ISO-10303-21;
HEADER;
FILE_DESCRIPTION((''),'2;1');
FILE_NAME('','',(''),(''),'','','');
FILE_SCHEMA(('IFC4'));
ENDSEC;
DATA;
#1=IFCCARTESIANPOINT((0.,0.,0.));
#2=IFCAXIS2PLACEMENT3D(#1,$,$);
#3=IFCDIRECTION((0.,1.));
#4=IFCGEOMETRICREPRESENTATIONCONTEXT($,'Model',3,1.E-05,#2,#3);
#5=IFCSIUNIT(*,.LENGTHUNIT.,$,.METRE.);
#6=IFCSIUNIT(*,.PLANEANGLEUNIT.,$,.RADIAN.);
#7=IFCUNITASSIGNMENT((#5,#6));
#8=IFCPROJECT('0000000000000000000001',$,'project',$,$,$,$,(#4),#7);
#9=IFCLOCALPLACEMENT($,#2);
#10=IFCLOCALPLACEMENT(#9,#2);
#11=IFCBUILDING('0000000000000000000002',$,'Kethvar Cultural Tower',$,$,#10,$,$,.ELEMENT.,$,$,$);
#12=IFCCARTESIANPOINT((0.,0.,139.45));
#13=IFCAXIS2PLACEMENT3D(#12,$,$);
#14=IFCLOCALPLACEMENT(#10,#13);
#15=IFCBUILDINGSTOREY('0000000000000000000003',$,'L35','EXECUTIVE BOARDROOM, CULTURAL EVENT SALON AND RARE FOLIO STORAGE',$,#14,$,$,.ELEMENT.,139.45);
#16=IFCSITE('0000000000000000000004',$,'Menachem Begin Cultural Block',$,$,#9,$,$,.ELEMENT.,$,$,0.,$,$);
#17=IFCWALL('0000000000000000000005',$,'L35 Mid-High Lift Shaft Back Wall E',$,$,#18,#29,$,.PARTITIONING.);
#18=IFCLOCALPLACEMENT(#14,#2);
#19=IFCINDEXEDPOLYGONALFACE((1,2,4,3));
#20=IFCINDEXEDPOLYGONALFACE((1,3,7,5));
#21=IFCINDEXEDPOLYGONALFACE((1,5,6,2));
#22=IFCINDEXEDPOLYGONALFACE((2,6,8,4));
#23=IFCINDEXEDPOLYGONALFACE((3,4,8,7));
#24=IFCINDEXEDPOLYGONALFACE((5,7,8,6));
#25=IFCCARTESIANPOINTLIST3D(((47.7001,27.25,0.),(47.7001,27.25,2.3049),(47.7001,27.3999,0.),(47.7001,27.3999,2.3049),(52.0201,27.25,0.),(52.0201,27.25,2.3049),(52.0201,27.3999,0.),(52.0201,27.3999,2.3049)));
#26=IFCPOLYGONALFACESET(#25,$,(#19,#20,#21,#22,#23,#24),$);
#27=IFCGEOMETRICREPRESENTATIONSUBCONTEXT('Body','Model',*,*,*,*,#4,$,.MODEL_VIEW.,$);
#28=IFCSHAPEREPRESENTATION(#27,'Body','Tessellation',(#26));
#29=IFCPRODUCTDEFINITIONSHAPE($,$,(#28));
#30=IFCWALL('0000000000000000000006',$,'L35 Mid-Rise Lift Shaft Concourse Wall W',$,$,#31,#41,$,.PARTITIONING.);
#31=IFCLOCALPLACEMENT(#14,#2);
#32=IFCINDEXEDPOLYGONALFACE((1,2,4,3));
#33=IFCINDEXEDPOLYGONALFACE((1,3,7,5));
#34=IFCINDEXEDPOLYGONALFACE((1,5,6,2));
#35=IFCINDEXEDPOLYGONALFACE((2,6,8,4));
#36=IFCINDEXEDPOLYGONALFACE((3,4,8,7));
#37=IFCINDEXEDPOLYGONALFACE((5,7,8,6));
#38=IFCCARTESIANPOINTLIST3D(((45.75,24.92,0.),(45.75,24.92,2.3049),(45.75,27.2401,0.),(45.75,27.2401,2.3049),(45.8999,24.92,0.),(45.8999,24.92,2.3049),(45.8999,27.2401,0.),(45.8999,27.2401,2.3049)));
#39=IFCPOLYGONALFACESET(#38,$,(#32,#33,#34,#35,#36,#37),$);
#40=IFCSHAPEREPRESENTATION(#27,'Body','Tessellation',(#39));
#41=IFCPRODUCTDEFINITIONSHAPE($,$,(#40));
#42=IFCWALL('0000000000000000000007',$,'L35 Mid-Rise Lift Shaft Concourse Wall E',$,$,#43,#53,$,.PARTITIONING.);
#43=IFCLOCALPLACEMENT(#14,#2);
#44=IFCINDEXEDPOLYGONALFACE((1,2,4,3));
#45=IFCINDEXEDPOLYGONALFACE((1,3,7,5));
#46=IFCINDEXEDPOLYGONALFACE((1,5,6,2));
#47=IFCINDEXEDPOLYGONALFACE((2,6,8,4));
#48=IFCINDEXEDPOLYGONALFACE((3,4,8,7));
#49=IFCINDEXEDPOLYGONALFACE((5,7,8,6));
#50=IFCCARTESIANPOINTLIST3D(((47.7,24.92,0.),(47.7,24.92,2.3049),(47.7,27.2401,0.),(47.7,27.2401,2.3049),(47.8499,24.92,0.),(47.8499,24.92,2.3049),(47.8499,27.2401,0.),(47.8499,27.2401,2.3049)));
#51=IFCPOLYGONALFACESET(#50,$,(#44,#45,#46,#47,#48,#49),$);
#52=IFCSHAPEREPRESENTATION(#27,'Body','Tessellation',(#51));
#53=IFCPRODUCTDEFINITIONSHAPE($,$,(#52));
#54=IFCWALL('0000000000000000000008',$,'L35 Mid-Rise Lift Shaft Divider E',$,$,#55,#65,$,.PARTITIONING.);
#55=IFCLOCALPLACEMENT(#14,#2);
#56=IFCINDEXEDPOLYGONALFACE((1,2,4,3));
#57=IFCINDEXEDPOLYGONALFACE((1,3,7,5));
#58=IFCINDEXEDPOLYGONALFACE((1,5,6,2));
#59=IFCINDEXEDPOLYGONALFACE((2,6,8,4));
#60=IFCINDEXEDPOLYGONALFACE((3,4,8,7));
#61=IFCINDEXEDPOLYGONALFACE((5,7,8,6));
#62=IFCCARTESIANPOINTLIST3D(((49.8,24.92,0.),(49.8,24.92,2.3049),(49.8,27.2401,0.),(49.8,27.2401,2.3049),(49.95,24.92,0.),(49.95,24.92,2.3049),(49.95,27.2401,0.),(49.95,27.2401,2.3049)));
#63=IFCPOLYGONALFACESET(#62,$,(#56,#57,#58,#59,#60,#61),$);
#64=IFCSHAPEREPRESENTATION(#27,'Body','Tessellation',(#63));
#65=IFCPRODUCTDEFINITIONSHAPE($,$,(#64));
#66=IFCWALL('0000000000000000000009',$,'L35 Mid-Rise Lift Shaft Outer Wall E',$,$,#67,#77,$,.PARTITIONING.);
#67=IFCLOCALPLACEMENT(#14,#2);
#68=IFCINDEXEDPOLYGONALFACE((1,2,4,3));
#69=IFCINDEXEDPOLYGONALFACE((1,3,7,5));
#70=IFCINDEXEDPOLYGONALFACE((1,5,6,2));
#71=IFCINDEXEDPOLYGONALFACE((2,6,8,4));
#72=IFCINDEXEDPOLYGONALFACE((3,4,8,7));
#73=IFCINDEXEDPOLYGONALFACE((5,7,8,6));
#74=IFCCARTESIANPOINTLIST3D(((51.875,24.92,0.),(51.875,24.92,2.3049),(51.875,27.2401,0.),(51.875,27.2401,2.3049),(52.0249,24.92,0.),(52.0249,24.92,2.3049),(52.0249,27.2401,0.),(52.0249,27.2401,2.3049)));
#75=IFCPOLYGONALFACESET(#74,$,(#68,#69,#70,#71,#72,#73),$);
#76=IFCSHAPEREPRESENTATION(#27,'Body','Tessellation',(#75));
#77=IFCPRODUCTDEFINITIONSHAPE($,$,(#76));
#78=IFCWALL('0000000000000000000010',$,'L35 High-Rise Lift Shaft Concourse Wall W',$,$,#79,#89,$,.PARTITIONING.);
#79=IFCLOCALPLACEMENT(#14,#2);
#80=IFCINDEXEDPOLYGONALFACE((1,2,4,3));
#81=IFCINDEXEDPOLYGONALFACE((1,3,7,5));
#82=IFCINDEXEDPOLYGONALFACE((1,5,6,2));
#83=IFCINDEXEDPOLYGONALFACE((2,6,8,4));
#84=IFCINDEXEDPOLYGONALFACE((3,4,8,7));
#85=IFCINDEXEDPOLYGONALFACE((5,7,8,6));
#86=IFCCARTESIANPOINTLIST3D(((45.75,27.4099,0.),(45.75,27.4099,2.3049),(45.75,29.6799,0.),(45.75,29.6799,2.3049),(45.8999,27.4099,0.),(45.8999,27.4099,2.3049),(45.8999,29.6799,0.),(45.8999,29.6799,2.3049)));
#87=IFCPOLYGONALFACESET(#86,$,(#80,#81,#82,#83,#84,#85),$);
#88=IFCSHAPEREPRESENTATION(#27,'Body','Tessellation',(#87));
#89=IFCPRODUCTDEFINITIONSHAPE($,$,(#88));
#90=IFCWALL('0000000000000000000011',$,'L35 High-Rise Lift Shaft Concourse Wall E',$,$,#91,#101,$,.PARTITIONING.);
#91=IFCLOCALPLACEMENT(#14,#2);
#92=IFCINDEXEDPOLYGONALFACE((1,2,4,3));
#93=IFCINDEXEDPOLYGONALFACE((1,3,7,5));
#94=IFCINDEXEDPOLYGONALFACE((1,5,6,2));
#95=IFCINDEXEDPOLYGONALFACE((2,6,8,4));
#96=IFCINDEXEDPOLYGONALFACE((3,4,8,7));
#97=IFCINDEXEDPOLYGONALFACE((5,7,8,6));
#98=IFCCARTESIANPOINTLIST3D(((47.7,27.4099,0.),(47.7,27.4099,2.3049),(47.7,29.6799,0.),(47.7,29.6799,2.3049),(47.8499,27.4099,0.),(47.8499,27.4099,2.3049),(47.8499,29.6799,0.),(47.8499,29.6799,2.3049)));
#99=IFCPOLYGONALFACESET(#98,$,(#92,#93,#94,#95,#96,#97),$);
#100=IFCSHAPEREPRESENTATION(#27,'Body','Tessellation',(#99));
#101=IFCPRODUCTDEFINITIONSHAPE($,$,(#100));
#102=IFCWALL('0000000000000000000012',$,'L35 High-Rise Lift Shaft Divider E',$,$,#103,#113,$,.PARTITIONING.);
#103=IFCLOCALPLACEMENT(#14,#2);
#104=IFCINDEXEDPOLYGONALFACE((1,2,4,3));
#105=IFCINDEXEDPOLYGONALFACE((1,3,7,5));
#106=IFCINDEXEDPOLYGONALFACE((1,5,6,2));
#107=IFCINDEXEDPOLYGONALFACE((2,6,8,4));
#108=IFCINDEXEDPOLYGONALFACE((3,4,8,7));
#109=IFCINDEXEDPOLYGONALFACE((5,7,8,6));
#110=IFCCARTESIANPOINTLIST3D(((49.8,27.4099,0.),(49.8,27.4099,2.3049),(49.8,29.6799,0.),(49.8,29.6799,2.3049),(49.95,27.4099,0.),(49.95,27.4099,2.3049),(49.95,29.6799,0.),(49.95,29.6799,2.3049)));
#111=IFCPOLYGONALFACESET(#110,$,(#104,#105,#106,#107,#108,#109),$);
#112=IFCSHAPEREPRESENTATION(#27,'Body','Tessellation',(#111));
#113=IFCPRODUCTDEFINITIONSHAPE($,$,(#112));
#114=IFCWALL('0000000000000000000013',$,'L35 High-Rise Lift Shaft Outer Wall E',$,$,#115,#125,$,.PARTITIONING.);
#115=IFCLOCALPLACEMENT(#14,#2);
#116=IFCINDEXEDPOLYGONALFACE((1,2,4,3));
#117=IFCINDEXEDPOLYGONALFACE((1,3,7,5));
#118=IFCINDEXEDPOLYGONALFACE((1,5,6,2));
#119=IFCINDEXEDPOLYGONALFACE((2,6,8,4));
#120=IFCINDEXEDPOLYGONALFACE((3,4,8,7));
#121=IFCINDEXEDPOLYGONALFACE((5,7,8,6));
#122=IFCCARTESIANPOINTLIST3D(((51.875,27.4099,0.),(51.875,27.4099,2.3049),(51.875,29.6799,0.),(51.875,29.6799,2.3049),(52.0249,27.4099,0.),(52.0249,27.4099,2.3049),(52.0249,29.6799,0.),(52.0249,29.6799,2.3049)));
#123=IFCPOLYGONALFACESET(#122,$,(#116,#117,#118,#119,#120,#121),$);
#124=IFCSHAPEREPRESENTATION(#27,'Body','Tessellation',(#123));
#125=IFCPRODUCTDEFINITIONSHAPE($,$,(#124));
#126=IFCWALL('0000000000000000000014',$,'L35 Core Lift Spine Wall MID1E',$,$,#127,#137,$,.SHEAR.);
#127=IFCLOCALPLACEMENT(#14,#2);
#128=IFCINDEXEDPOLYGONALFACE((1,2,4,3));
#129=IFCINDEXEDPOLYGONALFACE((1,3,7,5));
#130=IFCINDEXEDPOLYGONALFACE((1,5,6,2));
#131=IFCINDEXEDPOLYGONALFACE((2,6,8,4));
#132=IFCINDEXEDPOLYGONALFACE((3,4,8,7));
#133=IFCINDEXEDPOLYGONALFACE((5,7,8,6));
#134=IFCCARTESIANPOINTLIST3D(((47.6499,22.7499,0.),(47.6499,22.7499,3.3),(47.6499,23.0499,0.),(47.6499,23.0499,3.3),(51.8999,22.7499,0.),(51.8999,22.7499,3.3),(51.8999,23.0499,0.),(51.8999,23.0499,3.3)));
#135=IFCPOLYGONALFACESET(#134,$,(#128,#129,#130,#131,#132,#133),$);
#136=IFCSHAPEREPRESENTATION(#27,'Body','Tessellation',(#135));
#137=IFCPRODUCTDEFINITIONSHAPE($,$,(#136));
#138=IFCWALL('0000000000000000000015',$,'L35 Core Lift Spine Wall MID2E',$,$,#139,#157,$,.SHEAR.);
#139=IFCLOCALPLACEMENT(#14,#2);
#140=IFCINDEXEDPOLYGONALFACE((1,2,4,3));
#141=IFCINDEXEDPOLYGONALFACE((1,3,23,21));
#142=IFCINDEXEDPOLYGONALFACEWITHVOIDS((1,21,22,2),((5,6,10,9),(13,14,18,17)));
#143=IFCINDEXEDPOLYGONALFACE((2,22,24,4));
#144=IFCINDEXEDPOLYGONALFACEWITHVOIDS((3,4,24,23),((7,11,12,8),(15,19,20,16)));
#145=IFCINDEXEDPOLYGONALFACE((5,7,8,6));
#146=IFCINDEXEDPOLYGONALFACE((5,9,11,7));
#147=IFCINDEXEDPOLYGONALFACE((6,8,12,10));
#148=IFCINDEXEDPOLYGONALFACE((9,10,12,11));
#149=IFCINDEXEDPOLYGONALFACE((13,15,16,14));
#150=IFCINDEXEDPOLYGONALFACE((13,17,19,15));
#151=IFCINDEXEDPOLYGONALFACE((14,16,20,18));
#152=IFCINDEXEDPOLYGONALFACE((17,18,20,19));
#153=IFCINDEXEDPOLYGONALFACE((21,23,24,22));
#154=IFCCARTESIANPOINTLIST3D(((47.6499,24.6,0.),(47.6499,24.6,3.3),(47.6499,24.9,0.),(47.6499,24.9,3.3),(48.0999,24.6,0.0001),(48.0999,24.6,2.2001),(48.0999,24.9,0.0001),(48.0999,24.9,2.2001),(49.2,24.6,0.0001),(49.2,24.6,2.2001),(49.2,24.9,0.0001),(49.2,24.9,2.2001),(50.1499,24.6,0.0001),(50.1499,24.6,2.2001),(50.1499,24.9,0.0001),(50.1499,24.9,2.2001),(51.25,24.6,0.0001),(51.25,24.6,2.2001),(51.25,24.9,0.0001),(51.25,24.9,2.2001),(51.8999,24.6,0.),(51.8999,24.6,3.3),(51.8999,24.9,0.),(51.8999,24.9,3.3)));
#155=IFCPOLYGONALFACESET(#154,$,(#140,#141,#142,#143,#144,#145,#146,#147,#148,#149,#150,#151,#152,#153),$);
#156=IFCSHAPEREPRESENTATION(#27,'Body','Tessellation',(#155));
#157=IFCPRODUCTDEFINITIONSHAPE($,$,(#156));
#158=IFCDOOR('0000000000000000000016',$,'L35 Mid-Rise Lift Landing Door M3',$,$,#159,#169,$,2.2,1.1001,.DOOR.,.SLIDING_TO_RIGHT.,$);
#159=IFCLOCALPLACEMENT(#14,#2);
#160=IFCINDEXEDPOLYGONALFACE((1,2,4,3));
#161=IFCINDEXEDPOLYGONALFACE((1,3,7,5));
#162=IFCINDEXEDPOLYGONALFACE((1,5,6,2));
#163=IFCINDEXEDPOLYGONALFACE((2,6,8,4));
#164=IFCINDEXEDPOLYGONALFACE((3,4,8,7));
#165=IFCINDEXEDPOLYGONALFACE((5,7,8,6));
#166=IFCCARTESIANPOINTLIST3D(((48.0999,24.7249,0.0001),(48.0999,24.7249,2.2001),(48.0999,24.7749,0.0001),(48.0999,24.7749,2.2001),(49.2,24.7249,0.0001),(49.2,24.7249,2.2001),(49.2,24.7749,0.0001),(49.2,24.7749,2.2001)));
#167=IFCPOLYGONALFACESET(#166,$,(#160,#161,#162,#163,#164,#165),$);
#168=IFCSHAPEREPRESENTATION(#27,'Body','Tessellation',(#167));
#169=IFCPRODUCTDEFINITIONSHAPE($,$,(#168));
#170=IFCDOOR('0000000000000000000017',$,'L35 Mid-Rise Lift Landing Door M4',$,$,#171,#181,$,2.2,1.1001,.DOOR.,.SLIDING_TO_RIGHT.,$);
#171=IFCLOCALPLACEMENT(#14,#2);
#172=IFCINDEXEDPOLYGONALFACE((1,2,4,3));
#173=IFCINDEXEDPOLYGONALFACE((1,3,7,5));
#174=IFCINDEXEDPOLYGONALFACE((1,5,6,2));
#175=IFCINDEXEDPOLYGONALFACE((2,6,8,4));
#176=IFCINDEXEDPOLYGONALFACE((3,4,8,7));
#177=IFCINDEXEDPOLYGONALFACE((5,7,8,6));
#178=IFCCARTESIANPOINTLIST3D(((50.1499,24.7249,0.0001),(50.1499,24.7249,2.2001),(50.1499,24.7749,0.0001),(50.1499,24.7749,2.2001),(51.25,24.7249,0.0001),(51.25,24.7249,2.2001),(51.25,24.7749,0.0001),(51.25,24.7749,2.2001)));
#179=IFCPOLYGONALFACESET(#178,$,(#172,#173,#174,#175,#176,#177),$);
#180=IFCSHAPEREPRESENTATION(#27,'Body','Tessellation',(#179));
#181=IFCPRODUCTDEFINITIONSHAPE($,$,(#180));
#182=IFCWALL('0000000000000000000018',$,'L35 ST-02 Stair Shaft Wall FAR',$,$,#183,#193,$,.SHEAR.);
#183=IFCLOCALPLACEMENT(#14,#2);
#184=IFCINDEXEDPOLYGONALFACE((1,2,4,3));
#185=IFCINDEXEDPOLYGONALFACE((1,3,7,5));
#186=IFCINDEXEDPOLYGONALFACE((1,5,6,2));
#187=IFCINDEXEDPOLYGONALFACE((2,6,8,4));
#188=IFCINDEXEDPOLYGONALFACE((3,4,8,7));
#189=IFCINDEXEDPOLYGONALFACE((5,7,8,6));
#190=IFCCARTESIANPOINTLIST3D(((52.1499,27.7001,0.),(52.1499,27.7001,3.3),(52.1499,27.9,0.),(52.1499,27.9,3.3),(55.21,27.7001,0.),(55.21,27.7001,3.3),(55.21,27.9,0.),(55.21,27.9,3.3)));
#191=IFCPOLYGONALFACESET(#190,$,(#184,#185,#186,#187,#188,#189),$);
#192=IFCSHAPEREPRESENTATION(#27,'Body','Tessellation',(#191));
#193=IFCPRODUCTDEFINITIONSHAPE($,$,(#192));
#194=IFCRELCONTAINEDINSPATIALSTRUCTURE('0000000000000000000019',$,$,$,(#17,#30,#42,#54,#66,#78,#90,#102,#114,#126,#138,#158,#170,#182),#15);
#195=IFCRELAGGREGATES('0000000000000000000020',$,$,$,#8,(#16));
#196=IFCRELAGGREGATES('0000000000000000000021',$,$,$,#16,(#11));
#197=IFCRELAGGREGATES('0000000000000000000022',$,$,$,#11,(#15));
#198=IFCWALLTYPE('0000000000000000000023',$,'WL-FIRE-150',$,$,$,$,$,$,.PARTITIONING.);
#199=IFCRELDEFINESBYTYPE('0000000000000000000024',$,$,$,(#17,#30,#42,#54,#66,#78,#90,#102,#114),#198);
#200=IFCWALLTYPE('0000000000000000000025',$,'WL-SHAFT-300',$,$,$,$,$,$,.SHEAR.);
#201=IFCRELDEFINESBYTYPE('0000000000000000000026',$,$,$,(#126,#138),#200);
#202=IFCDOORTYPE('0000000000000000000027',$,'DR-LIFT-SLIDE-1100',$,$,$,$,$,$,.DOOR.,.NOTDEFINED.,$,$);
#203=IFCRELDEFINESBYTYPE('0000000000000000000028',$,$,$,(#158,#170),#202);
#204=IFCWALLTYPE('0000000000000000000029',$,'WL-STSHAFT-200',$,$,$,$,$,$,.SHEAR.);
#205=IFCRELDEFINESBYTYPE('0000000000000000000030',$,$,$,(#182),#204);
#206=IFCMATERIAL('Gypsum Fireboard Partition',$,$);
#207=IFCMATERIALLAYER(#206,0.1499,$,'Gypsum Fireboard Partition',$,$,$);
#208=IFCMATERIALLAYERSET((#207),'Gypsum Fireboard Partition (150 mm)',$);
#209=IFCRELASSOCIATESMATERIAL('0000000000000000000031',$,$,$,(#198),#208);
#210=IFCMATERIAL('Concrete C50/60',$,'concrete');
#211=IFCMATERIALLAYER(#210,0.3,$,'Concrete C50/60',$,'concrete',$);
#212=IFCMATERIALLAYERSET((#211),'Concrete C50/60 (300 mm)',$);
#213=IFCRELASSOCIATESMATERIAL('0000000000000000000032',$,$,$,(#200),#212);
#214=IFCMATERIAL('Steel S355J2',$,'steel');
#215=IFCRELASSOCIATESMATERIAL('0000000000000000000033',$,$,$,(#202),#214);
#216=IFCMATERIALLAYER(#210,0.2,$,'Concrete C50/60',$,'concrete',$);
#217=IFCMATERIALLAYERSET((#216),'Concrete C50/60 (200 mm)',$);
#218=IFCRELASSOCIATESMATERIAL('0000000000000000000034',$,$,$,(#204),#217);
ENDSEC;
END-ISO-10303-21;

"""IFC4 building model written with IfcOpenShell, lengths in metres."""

from ifc_helpers import new_model, si_unit, direction, frame, frame_2d, origin, place, context, subcontext, project, spatial, rectangle, extrude, source, transform, mapped, material, layer, layer_set, type_object, element, fill, save


model = new_model("IFC4")

# Units and contexts
model_context = context("Model", 3, precision=1e-05, world=origin(), true_north=direction((0.0, 1.0)))
body_context = subcontext(model_context, "Body", "Model", "MODEL_VIEW")
ifc_project = project(units=[si_unit("LENGTHUNIT", "METRE"), si_unit("PLANEANGLEUNIT", "RADIAN")], contexts=[model_context])

# Site, building, storey
site_placement = place(None, origin())
site = spatial("IfcSite", under=ifc_project, at=site_placement, Name="Menachem Begin Cultural Block", CompositionType="ELEMENT", RefElevation=0.0)
building_placement = place(site_placement, origin())
building = spatial("IfcBuilding", under=site, at=building_placement, Name="Kethvar Cultural Tower", CompositionType="ELEMENT")
storey_placement = place(building_placement, frame((0.0, 0.0, 139.45)))
storey = spatial("IfcBuildingStorey", under=building, at=storey_placement, Name="L35", Description="EXECUTIVE BOARDROOM, CULTURAL EVENT SALON AND RARE FOLIO STORAGE", CompositionType="ELEMENT", Elevation=139.45)

# Shared definitions
ifc_material_1 = material(Name="Steel S355J2", Category="steel")

# Walls
ifc_material_2 = material(Name="Gypsum Fireboard Partition")
ifc_layer_1 = layer(ifc_material_2, 0.1499, Name="Gypsum Fireboard Partition")
ifc_layer_set_1 = layer_set([ifc_layer_1], Name="Gypsum Fireboard Partition (150 mm)")
wall_type_1 = type_object("IfcWallType", Name="WL-FIRE-150", PredefinedType="PARTITIONING", material=ifc_layer_set_1)
wall_1_placement = place(storey_placement, frame((47.7, 27.325, 0.0), z_axis=(0.0, 0.0, 1.0), x_axis=(1.0, 0.0, 0.0)))
element("IfcWall", 1, at=wall_1_placement, inside=storey, type_object=wall_type_1, Name="L35 Mid-High Lift Shaft Back Wall E", PredefinedType="PARTITIONING", context=body_context, shape_type="SweptSolid", body=[
    extrude(rectangle(XDim=4.3201, YDim=0.1499, at=frame_2d((2.1602, 0.0))), origin(), (0.0, 0.0, 1.0), 2.3049),
])
for number, where, z_axis, x_axis, name in (
    (2, (45.825, 24.9199, 0.0), (0.0, 0.0, 1.0), (0.0, 1.0, 0.0), "L35 Mid-Rise Lift Shaft Concourse Wall W"),
    (3, (47.7749, 24.9199, 0.0), (0.0, 0.0, 1.0), (0.0, 1.0, 0.0), "L35 Mid-Rise Lift Shaft Concourse Wall E"),
    (4, (49.875, 24.9199, 0.0), (0.0, 0.0, 1.0), (0.0, 1.0, 0.0), "L35 Mid-Rise Lift Shaft Divider E"),
    (5, (51.95, 24.9199, 0.0), (0.0, 0.0, 1.0), (0.0, 1.0, 0.0), "L35 Mid-Rise Lift Shaft Outer Wall E"),
):
    element("IfcWall", number, at=place(storey_placement, frame(where, z_axis=z_axis, x_axis=x_axis)), inside=storey, type_object=wall_type_1, Name=name, PredefinedType="PARTITIONING", context=body_context, shape_type="SweptSolid", body=[
        extrude(rectangle(XDim=2.3201, YDim=0.1499, at=frame_2d((1.1602, 0.0))), origin(), (0.0, 0.0, 1.0), 2.3049),
    ])
for number, where, z_axis, x_axis, name in (
    (6, (45.825, 27.4099, 0.0), (0.0, 0.0, 1.0), (0.0, 1.0, 0.0), "L35 High-Rise Lift Shaft Concourse Wall W"),
    (7, (47.7749, 27.4099, 0.0), (0.0, 0.0, 1.0), (0.0, 1.0, 0.0), "L35 High-Rise Lift Shaft Concourse Wall E"),
    (8, (49.875, 27.4099, 0.0), (0.0, 0.0, 1.0), (0.0, 1.0, 0.0), "L35 High-Rise Lift Shaft Divider E"),
    (9, (51.95, 27.4099, 0.0), (0.0, 0.0, 1.0), (0.0, 1.0, 0.0), "L35 High-Rise Lift Shaft Outer Wall E"),
):
    element("IfcWall", number, at=place(storey_placement, frame(where, z_axis=z_axis, x_axis=x_axis)), inside=storey, type_object=wall_type_1, Name=name, PredefinedType="PARTITIONING", context=body_context, shape_type="SweptSolid", body=[
        extrude(rectangle(XDim=2.27, YDim=0.1499, at=frame_2d((1.135, 0.0))), origin(), (0.0, 0.0, 1.0), 2.3049),
    ])
ifc_material_3 = material(Name="Concrete C50/60", Category="concrete")
ifc_layer_2 = layer(ifc_material_3, 0.3, Name="Concrete C50/60", Category="concrete")
ifc_layer_set_2 = layer_set([ifc_layer_2], Name="Concrete C50/60 (300 mm)")
wall_type_2 = type_object("IfcWallType", Name="WL-SHAFT-300", PredefinedType="SHEAR", material=ifc_layer_set_2)
wall_2_placement = place(storey_placement, frame((47.6499, 22.8999, 0.0), z_axis=(0.0, 0.0, 1.0), x_axis=(1.0, 0.0, 0.0)))
element("IfcWall", 10, at=wall_2_placement, inside=storey, type_object=wall_type_2, Name="L35 Core Lift Spine Wall MID1E", PredefinedType="SHEAR", context=body_context, shape_type="SweptSolid", body=[
    extrude(rectangle(XDim=4.25, YDim=0.3, at=frame_2d((2.125, 0.0))), origin(), (0.0, 0.0, 1.0), 3.3),
])

# Wall, openings, doors
wall_3_placement = place(storey_placement, frame((47.6499, 24.75, 0.0), z_axis=(0.0, 0.0, 1.0), x_axis=(1.0, 0.0, 0.0)))
wall_3 = element("IfcWall", 11, at=wall_3_placement, inside=storey, type_object=wall_type_2, Name="L35 Core Lift Spine Wall MID2E", PredefinedType="SHEAR", context=body_context, shape_type="SweptSolid", body=[
    extrude(rectangle(XDim=4.25, YDim=0.3, at=frame_2d((2.125, 0.0))), origin(), (0.0, 0.0, 1.0), 3.3),
])
opening_1_placement = place(wall_3_placement, frame((0.45, 0.0, 0.0)))
opening_1 = element("IfcOpeningElement", 12, at=opening_1_placement, cuts=wall_3, PredefinedType="OPENING", context=body_context, shape_type="SweptSolid", body=[
    extrude(rectangle(XDim=1.1001, YDim=2.2, at=frame_2d((0.55, 1.1001))), frame((0.0, 0.1599, 0.0), z_axis=(0.0, -1.0, 0.0), x_axis=(1.0, 0.0, 0.0)), (0.0, 0.0, 1.0), 0.3201),
])
opening_2_placement = place(wall_3_placement, frame((2.5, 0.0, 0.0)))
opening_2 = element("IfcOpeningElement", 13, at=opening_2_placement, cuts=wall_3, PredefinedType="OPENING", context=body_context, shape_type="SweptSolid", body=[
    extrude(rectangle(XDim=1.1001, YDim=2.2, at=frame_2d((0.55, 1.1001))), frame((0.0, 0.1599, 0.0), z_axis=(0.0, -1.0, 0.0), x_axis=(1.0, 0.0, 0.0)), (0.0, 0.0, 1.0), 0.3201),
])
door_type = type_object("IfcDoorType", Name="DR-LIFT-SLIDE-1100", OperationType="NOTDEFINED", PredefinedType="DOOR", material=ifc_material_1)
shared_shape_1 = source(origin(), body_context, "Body", "SweptSolid", [
    extrude(rectangle(XDim=1.1001, YDim=2.2, at=frame_2d((0.55, 1.1001))), frame((0.0, 0.0249, 0.0), z_axis=(0.0, -1.0, 0.0), x_axis=(1.0, 0.0, 0.0)), (0.0, 0.0, 1.0), 0.05),
])
door_1_placement = place(opening_1_placement, origin())
door_1 = element("IfcDoor", 14, at=door_1_placement, inside=storey, type_object=door_type, Name="L35 Mid-Rise Lift Landing Door M3", OperationType="SLIDING_TO_RIGHT", OverallHeight=2.2, OverallWidth=1.1001, PredefinedType="DOOR", context=body_context, shape_type="MappedRepresentation", body=[
    mapped(shared_shape_1, transform((0.0, 0.0, 0.0), scale=1.0)),
])
fill(opening_1, door_1)
door_2_placement = place(opening_2_placement, origin())
door_2 = element("IfcDoor", 15, at=door_2_placement, inside=storey, type_object=door_type, Name="L35 Mid-Rise Lift Landing Door M4", OperationType="SLIDING_TO_RIGHT", OverallHeight=2.2, OverallWidth=1.1001, PredefinedType="DOOR", context=body_context, shape_type="MappedRepresentation", body=[
    mapped(shared_shape_1, transform((0.0, 0.0, 0.0), scale=1.0)),
])
fill(opening_2, door_2)

# Wall
ifc_layer_3 = layer(ifc_material_3, 0.2, Name="Concrete C50/60", Category="concrete")
ifc_layer_set_3 = layer_set([ifc_layer_3], Name="Concrete C50/60 (200 mm)")
wall_type_3 = type_object("IfcWallType", Name="WL-STSHAFT-200", PredefinedType="SHEAR", material=ifc_layer_set_3)
wall_4_placement = place(storey_placement, frame((52.1499, 27.8, 0.0), z_axis=(0.0, 0.0, 1.0), x_axis=(1.0, 0.0, 0.0)))
element("IfcWall", 16, at=wall_4_placement, inside=storey, type_object=wall_type_3, Name="L35 ST-02 Stair Shaft Wall FAR", PredefinedType="SHEAR", context=body_context, shape_type="SweptSolid", body=[
    extrude(rectangle(XDim=3.0601, YDim=0.2, at=frame_2d((1.53, 0.0))), origin(), (0.0, 0.0, 1.0), 3.3),
])

save(model, "model.ifc")
